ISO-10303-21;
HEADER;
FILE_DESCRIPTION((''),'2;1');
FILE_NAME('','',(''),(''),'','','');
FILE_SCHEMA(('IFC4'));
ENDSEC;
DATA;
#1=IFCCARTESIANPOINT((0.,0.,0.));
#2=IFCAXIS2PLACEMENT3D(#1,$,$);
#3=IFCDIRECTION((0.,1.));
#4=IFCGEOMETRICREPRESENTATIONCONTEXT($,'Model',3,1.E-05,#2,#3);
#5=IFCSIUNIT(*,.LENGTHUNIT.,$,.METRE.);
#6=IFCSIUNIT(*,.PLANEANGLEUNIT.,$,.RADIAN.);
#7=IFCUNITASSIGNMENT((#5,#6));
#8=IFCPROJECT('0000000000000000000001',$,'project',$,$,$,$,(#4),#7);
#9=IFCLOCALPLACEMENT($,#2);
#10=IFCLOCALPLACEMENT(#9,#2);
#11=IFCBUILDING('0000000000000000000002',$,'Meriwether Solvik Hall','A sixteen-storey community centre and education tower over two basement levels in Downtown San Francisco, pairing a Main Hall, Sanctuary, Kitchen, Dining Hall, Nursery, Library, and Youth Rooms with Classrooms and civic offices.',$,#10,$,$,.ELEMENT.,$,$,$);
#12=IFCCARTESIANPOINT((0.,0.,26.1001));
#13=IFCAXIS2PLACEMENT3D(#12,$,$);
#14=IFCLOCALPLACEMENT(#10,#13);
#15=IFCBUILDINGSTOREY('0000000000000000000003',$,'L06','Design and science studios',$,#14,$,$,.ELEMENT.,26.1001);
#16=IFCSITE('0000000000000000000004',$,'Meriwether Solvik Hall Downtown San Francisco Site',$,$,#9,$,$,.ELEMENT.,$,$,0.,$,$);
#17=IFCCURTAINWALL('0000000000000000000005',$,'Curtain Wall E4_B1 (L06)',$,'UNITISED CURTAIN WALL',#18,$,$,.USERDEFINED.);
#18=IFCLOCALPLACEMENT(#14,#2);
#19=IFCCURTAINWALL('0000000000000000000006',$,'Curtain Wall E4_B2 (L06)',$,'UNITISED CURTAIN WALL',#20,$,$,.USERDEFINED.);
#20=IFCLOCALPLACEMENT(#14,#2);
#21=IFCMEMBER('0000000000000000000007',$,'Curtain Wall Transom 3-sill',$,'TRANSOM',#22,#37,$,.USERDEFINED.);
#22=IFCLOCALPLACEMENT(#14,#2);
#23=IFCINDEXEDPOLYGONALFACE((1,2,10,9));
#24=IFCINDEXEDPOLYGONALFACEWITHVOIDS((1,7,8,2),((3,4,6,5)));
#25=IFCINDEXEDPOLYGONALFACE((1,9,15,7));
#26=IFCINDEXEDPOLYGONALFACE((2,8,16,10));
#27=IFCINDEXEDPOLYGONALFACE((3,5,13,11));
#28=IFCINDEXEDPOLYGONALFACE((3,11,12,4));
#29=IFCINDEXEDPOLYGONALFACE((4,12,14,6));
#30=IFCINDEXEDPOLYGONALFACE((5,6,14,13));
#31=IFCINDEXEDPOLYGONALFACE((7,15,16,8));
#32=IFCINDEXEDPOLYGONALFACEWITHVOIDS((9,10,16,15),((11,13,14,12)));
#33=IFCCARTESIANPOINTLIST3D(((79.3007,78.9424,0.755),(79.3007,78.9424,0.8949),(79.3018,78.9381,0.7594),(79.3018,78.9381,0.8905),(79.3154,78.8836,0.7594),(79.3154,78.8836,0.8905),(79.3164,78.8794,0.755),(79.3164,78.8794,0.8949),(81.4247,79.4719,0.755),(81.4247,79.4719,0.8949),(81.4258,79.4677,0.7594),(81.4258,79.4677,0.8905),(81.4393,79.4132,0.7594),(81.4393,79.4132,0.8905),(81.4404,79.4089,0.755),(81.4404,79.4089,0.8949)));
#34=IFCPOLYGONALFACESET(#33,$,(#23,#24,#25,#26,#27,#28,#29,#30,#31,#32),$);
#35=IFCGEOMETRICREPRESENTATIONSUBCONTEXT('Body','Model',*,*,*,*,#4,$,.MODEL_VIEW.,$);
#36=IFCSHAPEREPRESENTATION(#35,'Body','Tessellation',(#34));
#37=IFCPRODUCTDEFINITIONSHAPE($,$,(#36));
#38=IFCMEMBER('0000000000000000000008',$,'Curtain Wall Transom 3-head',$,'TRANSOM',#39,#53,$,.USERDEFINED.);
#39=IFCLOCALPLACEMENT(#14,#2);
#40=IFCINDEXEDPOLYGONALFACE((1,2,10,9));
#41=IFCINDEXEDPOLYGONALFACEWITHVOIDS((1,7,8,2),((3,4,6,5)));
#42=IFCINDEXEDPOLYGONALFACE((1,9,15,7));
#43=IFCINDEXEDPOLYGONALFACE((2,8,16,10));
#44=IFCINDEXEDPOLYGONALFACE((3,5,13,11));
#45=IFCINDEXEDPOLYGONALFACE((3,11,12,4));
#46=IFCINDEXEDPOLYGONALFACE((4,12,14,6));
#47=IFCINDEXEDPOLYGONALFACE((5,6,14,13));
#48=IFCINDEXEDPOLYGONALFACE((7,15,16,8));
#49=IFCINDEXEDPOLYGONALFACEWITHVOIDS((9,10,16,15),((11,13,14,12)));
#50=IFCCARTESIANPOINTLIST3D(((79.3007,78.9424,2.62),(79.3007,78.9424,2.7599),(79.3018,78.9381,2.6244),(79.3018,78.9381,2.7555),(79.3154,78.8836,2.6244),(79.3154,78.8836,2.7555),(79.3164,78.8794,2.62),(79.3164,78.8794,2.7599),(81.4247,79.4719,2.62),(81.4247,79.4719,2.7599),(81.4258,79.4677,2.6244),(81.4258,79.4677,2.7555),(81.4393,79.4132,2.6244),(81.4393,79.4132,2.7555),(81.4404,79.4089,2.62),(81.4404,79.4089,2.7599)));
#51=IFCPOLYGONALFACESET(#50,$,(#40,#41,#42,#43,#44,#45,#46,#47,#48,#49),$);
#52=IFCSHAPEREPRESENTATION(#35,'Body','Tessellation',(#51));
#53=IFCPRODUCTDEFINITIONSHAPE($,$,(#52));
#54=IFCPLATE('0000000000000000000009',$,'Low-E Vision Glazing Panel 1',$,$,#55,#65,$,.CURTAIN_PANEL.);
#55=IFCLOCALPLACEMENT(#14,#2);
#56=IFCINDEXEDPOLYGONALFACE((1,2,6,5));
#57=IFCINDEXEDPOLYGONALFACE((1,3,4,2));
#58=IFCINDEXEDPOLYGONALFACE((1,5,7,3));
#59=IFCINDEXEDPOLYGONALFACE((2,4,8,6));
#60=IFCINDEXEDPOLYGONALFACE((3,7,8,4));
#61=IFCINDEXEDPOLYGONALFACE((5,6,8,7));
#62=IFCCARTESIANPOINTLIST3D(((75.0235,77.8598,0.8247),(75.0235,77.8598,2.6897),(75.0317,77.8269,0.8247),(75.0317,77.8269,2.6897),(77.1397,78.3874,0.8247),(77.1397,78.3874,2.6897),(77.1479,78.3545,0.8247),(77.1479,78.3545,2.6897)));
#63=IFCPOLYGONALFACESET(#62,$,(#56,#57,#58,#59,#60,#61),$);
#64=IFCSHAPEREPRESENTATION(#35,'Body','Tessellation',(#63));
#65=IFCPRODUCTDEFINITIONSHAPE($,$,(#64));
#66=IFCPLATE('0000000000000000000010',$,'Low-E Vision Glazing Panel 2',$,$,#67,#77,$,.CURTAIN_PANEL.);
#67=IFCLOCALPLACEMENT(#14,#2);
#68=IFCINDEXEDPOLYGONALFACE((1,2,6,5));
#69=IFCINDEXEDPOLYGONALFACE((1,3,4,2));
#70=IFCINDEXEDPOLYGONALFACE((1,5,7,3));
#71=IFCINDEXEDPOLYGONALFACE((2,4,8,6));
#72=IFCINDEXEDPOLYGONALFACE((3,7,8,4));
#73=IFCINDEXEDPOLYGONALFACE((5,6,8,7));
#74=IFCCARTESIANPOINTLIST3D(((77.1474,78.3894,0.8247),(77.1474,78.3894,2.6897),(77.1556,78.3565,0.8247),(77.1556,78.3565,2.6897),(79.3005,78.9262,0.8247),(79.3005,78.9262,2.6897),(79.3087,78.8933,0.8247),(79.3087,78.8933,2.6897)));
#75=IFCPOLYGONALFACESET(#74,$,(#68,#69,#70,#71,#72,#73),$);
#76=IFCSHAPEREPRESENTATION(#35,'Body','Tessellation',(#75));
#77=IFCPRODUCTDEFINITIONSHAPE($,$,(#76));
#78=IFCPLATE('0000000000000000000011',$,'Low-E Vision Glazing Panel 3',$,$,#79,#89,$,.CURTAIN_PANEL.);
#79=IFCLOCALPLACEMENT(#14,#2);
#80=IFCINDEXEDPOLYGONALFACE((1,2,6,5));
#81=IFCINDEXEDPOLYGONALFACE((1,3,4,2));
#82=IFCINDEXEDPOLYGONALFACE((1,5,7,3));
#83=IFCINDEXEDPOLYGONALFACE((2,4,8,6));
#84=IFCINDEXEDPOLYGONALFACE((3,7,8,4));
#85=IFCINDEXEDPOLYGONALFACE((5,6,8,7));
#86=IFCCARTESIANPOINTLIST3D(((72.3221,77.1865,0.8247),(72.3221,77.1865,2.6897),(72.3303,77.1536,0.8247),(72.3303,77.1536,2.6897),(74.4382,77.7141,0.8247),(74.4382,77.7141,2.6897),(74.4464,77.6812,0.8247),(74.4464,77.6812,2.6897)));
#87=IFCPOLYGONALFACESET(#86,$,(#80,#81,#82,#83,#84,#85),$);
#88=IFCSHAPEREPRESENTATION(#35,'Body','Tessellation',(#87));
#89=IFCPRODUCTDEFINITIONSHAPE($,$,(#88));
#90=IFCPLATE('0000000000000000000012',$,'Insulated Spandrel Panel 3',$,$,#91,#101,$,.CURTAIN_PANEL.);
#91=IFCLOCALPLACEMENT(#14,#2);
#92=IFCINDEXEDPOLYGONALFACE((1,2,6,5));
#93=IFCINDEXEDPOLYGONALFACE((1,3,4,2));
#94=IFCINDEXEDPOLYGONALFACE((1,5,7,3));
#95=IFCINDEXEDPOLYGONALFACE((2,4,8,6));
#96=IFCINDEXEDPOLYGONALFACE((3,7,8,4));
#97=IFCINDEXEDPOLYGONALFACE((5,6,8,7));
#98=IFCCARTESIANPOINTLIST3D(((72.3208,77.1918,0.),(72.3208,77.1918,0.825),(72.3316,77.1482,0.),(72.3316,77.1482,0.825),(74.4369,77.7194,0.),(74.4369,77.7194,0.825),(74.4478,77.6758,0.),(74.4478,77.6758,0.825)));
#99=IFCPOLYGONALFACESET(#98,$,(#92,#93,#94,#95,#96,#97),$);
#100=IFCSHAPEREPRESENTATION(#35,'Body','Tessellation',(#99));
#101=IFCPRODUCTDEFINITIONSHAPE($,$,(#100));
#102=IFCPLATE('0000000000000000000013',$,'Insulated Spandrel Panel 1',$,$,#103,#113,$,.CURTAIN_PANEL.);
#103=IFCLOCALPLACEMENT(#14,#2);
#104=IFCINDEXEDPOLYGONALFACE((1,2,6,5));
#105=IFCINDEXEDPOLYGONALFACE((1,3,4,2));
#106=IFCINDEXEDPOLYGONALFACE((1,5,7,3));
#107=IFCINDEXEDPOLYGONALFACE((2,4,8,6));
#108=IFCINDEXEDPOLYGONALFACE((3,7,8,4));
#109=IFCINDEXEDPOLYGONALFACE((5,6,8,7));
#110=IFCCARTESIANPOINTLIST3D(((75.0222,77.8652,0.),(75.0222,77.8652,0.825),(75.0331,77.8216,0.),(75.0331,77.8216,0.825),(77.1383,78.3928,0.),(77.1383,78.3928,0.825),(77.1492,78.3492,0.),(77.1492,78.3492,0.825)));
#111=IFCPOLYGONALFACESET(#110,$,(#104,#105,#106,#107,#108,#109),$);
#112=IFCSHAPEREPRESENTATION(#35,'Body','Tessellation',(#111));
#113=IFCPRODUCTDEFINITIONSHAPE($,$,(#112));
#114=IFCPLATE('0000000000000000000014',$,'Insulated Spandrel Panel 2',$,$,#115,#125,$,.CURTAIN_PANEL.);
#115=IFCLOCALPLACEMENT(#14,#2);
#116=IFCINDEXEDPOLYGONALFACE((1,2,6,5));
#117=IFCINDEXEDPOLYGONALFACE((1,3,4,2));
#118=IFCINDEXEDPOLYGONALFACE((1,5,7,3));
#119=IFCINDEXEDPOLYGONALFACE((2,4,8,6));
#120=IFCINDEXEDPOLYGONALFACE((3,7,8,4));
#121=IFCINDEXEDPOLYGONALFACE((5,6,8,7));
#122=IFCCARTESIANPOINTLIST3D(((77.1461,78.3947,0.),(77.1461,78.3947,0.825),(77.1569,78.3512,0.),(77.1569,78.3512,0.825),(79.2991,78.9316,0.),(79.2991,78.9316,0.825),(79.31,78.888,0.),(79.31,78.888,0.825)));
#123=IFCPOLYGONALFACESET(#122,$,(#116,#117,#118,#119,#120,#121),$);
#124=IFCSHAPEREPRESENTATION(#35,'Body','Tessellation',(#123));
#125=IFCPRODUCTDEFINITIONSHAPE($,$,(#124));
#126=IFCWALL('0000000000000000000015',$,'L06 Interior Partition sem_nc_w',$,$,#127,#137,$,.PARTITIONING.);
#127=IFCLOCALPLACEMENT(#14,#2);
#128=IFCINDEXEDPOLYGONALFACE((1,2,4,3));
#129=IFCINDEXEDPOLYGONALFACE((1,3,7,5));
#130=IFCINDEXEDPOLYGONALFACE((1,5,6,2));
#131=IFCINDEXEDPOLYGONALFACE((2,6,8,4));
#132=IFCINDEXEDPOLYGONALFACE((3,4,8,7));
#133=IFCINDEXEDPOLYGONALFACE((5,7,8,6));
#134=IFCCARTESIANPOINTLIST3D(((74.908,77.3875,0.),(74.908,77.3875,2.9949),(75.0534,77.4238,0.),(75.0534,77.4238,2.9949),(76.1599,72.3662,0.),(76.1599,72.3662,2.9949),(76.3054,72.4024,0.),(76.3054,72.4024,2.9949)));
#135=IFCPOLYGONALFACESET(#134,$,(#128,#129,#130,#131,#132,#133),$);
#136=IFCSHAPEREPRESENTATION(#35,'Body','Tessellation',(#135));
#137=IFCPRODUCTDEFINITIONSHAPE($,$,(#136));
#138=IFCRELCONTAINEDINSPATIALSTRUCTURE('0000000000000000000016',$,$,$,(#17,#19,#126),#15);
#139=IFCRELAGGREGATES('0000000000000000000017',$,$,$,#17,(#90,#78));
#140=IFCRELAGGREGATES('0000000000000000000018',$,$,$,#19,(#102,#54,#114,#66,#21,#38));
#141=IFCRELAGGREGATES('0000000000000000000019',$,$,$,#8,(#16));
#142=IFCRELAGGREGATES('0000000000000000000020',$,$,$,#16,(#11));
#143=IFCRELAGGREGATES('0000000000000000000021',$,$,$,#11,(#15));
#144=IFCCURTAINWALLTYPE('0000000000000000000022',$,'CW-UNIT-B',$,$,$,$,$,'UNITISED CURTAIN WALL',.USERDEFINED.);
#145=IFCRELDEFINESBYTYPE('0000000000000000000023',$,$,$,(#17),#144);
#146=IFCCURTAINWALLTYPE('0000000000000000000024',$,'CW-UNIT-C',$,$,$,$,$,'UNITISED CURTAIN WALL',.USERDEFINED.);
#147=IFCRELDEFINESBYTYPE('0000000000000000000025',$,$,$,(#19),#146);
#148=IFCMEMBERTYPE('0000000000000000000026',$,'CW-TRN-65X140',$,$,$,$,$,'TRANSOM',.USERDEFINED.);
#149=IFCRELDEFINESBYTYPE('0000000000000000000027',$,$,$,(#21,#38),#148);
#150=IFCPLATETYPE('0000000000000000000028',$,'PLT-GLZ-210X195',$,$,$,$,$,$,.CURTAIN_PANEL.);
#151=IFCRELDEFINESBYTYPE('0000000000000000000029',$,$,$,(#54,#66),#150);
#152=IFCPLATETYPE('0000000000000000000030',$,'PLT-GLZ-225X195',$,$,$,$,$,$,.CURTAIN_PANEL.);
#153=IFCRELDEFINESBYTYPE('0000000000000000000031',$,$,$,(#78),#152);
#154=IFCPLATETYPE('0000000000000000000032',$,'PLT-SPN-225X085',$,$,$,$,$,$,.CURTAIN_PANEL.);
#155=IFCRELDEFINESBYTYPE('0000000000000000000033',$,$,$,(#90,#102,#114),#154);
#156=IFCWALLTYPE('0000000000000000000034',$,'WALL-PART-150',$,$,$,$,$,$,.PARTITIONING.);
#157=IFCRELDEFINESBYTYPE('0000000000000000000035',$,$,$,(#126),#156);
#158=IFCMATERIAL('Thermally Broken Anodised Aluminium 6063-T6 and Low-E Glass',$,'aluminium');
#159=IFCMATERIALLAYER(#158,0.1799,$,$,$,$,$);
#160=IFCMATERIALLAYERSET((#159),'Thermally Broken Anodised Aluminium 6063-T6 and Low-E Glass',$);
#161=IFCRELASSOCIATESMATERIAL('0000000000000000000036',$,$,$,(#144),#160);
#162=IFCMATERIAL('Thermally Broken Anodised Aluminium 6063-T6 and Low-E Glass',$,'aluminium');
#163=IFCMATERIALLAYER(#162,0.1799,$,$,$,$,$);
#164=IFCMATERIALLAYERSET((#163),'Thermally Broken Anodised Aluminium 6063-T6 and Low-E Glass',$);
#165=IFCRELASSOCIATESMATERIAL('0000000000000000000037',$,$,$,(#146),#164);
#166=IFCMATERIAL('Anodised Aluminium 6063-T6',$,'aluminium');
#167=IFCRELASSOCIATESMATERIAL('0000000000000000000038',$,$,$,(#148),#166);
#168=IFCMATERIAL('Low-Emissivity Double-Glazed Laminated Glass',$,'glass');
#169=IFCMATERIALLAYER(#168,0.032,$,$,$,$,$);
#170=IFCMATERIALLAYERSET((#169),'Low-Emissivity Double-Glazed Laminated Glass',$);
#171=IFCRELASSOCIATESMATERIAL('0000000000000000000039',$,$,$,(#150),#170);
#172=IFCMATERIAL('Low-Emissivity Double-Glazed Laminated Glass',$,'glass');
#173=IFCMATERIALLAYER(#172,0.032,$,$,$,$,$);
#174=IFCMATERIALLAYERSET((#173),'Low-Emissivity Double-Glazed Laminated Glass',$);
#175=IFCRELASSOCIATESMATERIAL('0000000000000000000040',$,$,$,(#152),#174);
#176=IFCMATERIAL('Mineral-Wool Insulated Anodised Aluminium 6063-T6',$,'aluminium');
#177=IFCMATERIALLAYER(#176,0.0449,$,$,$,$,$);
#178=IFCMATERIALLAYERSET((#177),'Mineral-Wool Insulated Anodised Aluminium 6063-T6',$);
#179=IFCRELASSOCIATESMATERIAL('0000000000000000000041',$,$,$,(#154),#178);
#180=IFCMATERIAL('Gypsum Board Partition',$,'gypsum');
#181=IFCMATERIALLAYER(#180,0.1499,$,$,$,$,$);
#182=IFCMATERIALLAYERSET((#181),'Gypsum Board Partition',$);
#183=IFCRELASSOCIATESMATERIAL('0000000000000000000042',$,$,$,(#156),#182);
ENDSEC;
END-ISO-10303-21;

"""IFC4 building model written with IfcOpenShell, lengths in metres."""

from ifc_helpers import new_model, si_unit, direction, frame, frame_2d, origin, origin_2d, place, context, subcontext, project, spatial, rectangle, hollow_rectangle, extrude, material, layer, layer_set, material_profile, profile_set, type_object, element, aggregate, save


model = new_model("IFC4")

# Units and contexts
model_context = context("Model", 3, precision=1e-05, world=origin(), true_north=direction((0.0, 1.0)))
body_context = subcontext(model_context, "Body", "Model", "MODEL_VIEW")
ifc_project = project(units=[si_unit("LENGTHUNIT", "METRE"), si_unit("PLANEANGLEUNIT", "RADIAN")], contexts=[model_context])

# Site, building, storey
site_placement = place(None, origin())
site = spatial("IfcSite", under=ifc_project, at=site_placement, Name="Meriwether Solvik Hall Downtown San Francisco Site", CompositionType="ELEMENT", RefElevation=0.0)
building_placement = place(site_placement, origin())
building = spatial("IfcBuilding", under=site, at=building_placement, Name="Meriwether Solvik Hall", Description="A sixteen-storey community centre and education tower over two basement levels in Downtown San Francisco, pairing a Main Hall, Sanctuary, Kitchen, Dining Hall, Nursery, Library, and Youth Rooms with Classrooms and civic offices.", CompositionType="ELEMENT")
storey_placement = place(building_placement, frame((0.0, 0.0, 26.1001)))
storey = spatial("IfcBuildingStorey", under=building, at=storey_placement, Name="L06", Description="Design and science studios", CompositionType="ELEMENT", Elevation=26.1001)

# Curtain wall
ifc_material_1 = material(Name="Thermally Broken Anodised Aluminium 6063-T6 and Low-E Glass", Category="aluminium")
ifc_layer_1 = layer(ifc_material_1, 0.1799)
ifc_layer_set_1 = layer_set([ifc_layer_1], Name="Thermally Broken Anodised Aluminium 6063-T6 and Low-E Glass")
curtain_wall_type_1 = type_object("IfcCurtainWallType", Name="CW-UNIT-B", ElementType="UNITISED CURTAIN WALL", PredefinedType="USERDEFINED", material=ifc_layer_set_1)
curtain_wall_1_placement = place(storey_placement, origin())
curtain_wall_1 = element("IfcCurtainWall", 1, at=curtain_wall_1_placement, inside=storey, type_object=curtain_wall_type_1, Name="Curtain Wall E4_B1 (L06)", ObjectType="UNITISED CURTAIN WALL", PredefinedType="USERDEFINED")

# Curtain wall, members, plates
ifc_material_2 = material(Name="Thermally Broken Anodised Aluminium 6063-T6 and Low-E Glass", Category="aluminium")
ifc_layer_2 = layer(ifc_material_2, 0.1799)
ifc_layer_set_2 = layer_set([ifc_layer_2], Name="Thermally Broken Anodised Aluminium 6063-T6 and Low-E Glass")
curtain_wall_type_2 = type_object("IfcCurtainWallType", Name="CW-UNIT-C", ElementType="UNITISED CURTAIN WALL", PredefinedType="USERDEFINED", material=ifc_layer_set_2)
curtain_wall_2_placement = place(storey_placement, origin())
curtain_wall_2 = element("IfcCurtainWall", 2, at=curtain_wall_2_placement, inside=storey, type_object=curtain_wall_type_2, Name="Curtain Wall E4_B2 (L06)", ObjectType="UNITISED CURTAIN WALL", PredefinedType="USERDEFINED")
ifc_material_3 = material(Name="Anodised Aluminium 6063-T6", Category="aluminium")
ifc_material_profile_1 = material_profile(ifc_material_3, hollow_rectangle(XDim=0.0649, YDim=0.1399, WallThickness=0.0044, at=origin_2d()), Name="CWT-65X140")
ifc_profile_set_1 = profile_set([ifc_material_profile_1], Name="Anodised Aluminium 6063-T6")
member_type_1 = type_object("IfcMemberType", Name="CW-TRN-65X140", ElementType="TRANSOM", PredefinedType="USERDEFINED", material=ifc_profile_set_1)
member_1_placement = place(storey_placement, frame((79.3086, 78.9109, 0.825), z_axis=(0.9703, 0.241906, 0.0), x_axis=(-0.241906, 0.9703, 0.0)))
member_1 = element("IfcMember", 3, at=member_1_placement, type_object=member_type_1, Name="Curtain Wall Transom 3-sill", ObjectType="TRANSOM", PredefinedType="USERDEFINED", context=body_context, shape_type="SweptSolid", body=[
    extrude(hollow_rectangle(XDim=0.0649, YDim=0.1399, WallThickness=0.0044, at=origin_2d()), origin(), (0.0, 0.0, 1.0), 2.189),
])
member_2_placement = place(storey_placement, frame((79.3086, 78.9109, 2.6899), z_axis=(0.9703, 0.241906, 0.0), x_axis=(-0.241906, 0.9703, 0.0)))
member_2 = element("IfcMember", 4, at=member_2_placement, type_object=member_type_1, Name="Curtain Wall Transom 3-head", ObjectType="TRANSOM", PredefinedType="USERDEFINED", context=body_context, shape_type="SweptSolid", body=[
    extrude(hollow_rectangle(XDim=0.0649, YDim=0.1399, WallThickness=0.0044, at=origin_2d()), origin(), (0.0, 0.0, 1.0), 2.189),
])
ifc_material_4 = material(Name="Low-Emissivity Double-Glazed Laminated Glass", Category="glass")
ifc_layer_3 = layer(ifc_material_4, 0.032)
ifc_layer_set_3 = layer_set([ifc_layer_3], Name="Low-Emissivity Double-Glazed Laminated Glass")
plate_type_1 = type_object("IfcPlateType", Name="PLT-GLZ-210X195", PredefinedType="CURTAIN_PANEL", material=ifc_layer_set_3)
plate_1_placement = place(storey_placement, frame((76.0857, 78.1072, 0.8247), z_axis=(0.0, 0.0, 1.0), x_axis=(0.970296, 0.241922, 0.0)))
plate_1 = element("IfcPlate", 5, at=plate_1_placement, type_object=plate_type_1, Name="Low-E Vision Glazing Panel 1", PredefinedType="CURTAIN_PANEL", context=body_context, shape_type="SweptSolid", body=[
    extrude(rectangle(XDim=2.1809, YDim=0.0339, at=origin_2d()), origin(), (0.0, 0.0, 1.0), 1.865),
])
plate_2_placement = place(storey_placement, frame((78.228, 78.6414, 0.8247), z_axis=(0.0, 0.0, 1.0), x_axis=(0.970296, 0.241922, 0.0)))
plate_2 = element("IfcPlate", 6, at=plate_2_placement, type_object=plate_type_1, Name="Low-E Vision Glazing Panel 2", PredefinedType="CURTAIN_PANEL", context=body_context, shape_type="SweptSolid", body=[
    extrude(rectangle(XDim=2.219, YDim=0.0339, at=origin_2d()), origin(), (0.0, 0.0, 1.0), 1.865),
])

# Plates
ifc_material_5 = material(Name="Low-Emissivity Double-Glazed Laminated Glass", Category="glass")
ifc_layer_4 = layer(ifc_material_5, 0.032)
ifc_layer_set_4 = layer_set([ifc_layer_4], Name="Low-Emissivity Double-Glazed Laminated Glass")
plate_type_2 = type_object("IfcPlateType", Name="PLT-GLZ-225X195", PredefinedType="CURTAIN_PANEL", material=ifc_layer_set_4)
plate_3_placement = place(storey_placement, frame((73.3843, 77.4338, 0.8247), z_axis=(0.0, 0.0, 1.0), x_axis=(0.970296, 0.241922, 0.0)))
plate_3 = element("IfcPlate", 7, at=plate_3_placement, type_object=plate_type_2, Name="Low-E Vision Glazing Panel 3", PredefinedType="CURTAIN_PANEL", context=body_context, shape_type="SweptSolid", body=[
    extrude(rectangle(XDim=2.1809, YDim=0.0339, at=origin_2d()), origin(), (0.0, 0.0, 1.0), 1.865),
])
ifc_material_6 = material(Name="Mineral-Wool Insulated Anodised Aluminium 6063-T6", Category="aluminium")
ifc_layer_5 = layer(ifc_material_6, 0.0449)
ifc_layer_set_5 = layer_set([ifc_layer_5], Name="Mineral-Wool Insulated Anodised Aluminium 6063-T6")
plate_type_3 = type_object("IfcPlateType", Name="PLT-SPN-225X085", PredefinedType="CURTAIN_PANEL", material=ifc_layer_set_5)
plate_4_placement = place(storey_placement, frame((73.3843, 77.4338, 0.0), z_axis=(0.0, 0.0, 1.0), x_axis=(0.970296, 0.241922, 0.0)))
plate_4 = element("IfcPlate", 8, at=plate_4_placement, type_object=plate_type_3, Name="Insulated Spandrel Panel 3", PredefinedType="CURTAIN_PANEL", context=body_context, shape_type="SweptSolid", body=[
    extrude(rectangle(XDim=2.1809, YDim=0.0449, at=origin_2d()), origin(), (0.0, 0.0, 1.0), 0.825),
])
aggregate(curtain_wall_1, [plate_4, plate_3])
plate_5_placement = place(storey_placement, frame((76.0857, 78.1072, 0.0), z_axis=(0.0, 0.0, 1.0), x_axis=(0.970296, 0.241922, 0.0)))
plate_5 = element("IfcPlate", 9, at=plate_5_placement, type_object=plate_type_3, Name="Insulated Spandrel Panel 1", PredefinedType="CURTAIN_PANEL", context=body_context, shape_type="SweptSolid", body=[
    extrude(rectangle(XDim=2.1809, YDim=0.0449, at=origin_2d()), origin(), (0.0, 0.0, 1.0), 0.825),
])
plate_6_placement = place(storey_placement, frame((78.228, 78.6414, 0.0), z_axis=(0.0, 0.0, 1.0), x_axis=(0.970296, 0.241922, 0.0)))
plate_6 = element("IfcPlate", 10, at=plate_6_placement, type_object=plate_type_3, Name="Insulated Spandrel Panel 2", PredefinedType="CURTAIN_PANEL", context=body_context, shape_type="SweptSolid", body=[
    extrude(rectangle(XDim=2.219, YDim=0.0449, at=origin_2d()), origin(), (0.0, 0.0, 1.0), 0.825),
])
aggregate(curtain_wall_2, [plate_5, plate_1, plate_6, plate_2, member_1, member_2])

# Wall
ifc_material_7 = material(Name="Gypsum Board Partition", Category="gypsum")
ifc_layer_6 = layer(ifc_material_7, 0.1499)
ifc_layer_set_6 = layer_set([ifc_layer_6], Name="Gypsum Board Partition")
wall_type = type_object("IfcWallType", Name="WALL-PART-150", PredefinedType="PARTITIONING", material=ifc_layer_set_6)
wall_placement = place(storey_placement, frame((74.9807, 77.4055, 0.0), z_axis=(0.0, 0.0, 1.0), x_axis=(0.241925, -0.970295, 0.0)))
element("IfcWall", 11, at=wall_placement, inside=storey, type_object=wall_type, Name="L06 Interior Partition sem_nc_w", PredefinedType="PARTITIONING", context=body_context, shape_type="SweptSolid", body=[
    extrude(rectangle(XDim=5.175, YDim=0.1499, at=frame_2d((2.5874, 0.0))), origin(), (0.0, 0.0, 1.0), 2.9949),
])

save(model, "model.ifc")
